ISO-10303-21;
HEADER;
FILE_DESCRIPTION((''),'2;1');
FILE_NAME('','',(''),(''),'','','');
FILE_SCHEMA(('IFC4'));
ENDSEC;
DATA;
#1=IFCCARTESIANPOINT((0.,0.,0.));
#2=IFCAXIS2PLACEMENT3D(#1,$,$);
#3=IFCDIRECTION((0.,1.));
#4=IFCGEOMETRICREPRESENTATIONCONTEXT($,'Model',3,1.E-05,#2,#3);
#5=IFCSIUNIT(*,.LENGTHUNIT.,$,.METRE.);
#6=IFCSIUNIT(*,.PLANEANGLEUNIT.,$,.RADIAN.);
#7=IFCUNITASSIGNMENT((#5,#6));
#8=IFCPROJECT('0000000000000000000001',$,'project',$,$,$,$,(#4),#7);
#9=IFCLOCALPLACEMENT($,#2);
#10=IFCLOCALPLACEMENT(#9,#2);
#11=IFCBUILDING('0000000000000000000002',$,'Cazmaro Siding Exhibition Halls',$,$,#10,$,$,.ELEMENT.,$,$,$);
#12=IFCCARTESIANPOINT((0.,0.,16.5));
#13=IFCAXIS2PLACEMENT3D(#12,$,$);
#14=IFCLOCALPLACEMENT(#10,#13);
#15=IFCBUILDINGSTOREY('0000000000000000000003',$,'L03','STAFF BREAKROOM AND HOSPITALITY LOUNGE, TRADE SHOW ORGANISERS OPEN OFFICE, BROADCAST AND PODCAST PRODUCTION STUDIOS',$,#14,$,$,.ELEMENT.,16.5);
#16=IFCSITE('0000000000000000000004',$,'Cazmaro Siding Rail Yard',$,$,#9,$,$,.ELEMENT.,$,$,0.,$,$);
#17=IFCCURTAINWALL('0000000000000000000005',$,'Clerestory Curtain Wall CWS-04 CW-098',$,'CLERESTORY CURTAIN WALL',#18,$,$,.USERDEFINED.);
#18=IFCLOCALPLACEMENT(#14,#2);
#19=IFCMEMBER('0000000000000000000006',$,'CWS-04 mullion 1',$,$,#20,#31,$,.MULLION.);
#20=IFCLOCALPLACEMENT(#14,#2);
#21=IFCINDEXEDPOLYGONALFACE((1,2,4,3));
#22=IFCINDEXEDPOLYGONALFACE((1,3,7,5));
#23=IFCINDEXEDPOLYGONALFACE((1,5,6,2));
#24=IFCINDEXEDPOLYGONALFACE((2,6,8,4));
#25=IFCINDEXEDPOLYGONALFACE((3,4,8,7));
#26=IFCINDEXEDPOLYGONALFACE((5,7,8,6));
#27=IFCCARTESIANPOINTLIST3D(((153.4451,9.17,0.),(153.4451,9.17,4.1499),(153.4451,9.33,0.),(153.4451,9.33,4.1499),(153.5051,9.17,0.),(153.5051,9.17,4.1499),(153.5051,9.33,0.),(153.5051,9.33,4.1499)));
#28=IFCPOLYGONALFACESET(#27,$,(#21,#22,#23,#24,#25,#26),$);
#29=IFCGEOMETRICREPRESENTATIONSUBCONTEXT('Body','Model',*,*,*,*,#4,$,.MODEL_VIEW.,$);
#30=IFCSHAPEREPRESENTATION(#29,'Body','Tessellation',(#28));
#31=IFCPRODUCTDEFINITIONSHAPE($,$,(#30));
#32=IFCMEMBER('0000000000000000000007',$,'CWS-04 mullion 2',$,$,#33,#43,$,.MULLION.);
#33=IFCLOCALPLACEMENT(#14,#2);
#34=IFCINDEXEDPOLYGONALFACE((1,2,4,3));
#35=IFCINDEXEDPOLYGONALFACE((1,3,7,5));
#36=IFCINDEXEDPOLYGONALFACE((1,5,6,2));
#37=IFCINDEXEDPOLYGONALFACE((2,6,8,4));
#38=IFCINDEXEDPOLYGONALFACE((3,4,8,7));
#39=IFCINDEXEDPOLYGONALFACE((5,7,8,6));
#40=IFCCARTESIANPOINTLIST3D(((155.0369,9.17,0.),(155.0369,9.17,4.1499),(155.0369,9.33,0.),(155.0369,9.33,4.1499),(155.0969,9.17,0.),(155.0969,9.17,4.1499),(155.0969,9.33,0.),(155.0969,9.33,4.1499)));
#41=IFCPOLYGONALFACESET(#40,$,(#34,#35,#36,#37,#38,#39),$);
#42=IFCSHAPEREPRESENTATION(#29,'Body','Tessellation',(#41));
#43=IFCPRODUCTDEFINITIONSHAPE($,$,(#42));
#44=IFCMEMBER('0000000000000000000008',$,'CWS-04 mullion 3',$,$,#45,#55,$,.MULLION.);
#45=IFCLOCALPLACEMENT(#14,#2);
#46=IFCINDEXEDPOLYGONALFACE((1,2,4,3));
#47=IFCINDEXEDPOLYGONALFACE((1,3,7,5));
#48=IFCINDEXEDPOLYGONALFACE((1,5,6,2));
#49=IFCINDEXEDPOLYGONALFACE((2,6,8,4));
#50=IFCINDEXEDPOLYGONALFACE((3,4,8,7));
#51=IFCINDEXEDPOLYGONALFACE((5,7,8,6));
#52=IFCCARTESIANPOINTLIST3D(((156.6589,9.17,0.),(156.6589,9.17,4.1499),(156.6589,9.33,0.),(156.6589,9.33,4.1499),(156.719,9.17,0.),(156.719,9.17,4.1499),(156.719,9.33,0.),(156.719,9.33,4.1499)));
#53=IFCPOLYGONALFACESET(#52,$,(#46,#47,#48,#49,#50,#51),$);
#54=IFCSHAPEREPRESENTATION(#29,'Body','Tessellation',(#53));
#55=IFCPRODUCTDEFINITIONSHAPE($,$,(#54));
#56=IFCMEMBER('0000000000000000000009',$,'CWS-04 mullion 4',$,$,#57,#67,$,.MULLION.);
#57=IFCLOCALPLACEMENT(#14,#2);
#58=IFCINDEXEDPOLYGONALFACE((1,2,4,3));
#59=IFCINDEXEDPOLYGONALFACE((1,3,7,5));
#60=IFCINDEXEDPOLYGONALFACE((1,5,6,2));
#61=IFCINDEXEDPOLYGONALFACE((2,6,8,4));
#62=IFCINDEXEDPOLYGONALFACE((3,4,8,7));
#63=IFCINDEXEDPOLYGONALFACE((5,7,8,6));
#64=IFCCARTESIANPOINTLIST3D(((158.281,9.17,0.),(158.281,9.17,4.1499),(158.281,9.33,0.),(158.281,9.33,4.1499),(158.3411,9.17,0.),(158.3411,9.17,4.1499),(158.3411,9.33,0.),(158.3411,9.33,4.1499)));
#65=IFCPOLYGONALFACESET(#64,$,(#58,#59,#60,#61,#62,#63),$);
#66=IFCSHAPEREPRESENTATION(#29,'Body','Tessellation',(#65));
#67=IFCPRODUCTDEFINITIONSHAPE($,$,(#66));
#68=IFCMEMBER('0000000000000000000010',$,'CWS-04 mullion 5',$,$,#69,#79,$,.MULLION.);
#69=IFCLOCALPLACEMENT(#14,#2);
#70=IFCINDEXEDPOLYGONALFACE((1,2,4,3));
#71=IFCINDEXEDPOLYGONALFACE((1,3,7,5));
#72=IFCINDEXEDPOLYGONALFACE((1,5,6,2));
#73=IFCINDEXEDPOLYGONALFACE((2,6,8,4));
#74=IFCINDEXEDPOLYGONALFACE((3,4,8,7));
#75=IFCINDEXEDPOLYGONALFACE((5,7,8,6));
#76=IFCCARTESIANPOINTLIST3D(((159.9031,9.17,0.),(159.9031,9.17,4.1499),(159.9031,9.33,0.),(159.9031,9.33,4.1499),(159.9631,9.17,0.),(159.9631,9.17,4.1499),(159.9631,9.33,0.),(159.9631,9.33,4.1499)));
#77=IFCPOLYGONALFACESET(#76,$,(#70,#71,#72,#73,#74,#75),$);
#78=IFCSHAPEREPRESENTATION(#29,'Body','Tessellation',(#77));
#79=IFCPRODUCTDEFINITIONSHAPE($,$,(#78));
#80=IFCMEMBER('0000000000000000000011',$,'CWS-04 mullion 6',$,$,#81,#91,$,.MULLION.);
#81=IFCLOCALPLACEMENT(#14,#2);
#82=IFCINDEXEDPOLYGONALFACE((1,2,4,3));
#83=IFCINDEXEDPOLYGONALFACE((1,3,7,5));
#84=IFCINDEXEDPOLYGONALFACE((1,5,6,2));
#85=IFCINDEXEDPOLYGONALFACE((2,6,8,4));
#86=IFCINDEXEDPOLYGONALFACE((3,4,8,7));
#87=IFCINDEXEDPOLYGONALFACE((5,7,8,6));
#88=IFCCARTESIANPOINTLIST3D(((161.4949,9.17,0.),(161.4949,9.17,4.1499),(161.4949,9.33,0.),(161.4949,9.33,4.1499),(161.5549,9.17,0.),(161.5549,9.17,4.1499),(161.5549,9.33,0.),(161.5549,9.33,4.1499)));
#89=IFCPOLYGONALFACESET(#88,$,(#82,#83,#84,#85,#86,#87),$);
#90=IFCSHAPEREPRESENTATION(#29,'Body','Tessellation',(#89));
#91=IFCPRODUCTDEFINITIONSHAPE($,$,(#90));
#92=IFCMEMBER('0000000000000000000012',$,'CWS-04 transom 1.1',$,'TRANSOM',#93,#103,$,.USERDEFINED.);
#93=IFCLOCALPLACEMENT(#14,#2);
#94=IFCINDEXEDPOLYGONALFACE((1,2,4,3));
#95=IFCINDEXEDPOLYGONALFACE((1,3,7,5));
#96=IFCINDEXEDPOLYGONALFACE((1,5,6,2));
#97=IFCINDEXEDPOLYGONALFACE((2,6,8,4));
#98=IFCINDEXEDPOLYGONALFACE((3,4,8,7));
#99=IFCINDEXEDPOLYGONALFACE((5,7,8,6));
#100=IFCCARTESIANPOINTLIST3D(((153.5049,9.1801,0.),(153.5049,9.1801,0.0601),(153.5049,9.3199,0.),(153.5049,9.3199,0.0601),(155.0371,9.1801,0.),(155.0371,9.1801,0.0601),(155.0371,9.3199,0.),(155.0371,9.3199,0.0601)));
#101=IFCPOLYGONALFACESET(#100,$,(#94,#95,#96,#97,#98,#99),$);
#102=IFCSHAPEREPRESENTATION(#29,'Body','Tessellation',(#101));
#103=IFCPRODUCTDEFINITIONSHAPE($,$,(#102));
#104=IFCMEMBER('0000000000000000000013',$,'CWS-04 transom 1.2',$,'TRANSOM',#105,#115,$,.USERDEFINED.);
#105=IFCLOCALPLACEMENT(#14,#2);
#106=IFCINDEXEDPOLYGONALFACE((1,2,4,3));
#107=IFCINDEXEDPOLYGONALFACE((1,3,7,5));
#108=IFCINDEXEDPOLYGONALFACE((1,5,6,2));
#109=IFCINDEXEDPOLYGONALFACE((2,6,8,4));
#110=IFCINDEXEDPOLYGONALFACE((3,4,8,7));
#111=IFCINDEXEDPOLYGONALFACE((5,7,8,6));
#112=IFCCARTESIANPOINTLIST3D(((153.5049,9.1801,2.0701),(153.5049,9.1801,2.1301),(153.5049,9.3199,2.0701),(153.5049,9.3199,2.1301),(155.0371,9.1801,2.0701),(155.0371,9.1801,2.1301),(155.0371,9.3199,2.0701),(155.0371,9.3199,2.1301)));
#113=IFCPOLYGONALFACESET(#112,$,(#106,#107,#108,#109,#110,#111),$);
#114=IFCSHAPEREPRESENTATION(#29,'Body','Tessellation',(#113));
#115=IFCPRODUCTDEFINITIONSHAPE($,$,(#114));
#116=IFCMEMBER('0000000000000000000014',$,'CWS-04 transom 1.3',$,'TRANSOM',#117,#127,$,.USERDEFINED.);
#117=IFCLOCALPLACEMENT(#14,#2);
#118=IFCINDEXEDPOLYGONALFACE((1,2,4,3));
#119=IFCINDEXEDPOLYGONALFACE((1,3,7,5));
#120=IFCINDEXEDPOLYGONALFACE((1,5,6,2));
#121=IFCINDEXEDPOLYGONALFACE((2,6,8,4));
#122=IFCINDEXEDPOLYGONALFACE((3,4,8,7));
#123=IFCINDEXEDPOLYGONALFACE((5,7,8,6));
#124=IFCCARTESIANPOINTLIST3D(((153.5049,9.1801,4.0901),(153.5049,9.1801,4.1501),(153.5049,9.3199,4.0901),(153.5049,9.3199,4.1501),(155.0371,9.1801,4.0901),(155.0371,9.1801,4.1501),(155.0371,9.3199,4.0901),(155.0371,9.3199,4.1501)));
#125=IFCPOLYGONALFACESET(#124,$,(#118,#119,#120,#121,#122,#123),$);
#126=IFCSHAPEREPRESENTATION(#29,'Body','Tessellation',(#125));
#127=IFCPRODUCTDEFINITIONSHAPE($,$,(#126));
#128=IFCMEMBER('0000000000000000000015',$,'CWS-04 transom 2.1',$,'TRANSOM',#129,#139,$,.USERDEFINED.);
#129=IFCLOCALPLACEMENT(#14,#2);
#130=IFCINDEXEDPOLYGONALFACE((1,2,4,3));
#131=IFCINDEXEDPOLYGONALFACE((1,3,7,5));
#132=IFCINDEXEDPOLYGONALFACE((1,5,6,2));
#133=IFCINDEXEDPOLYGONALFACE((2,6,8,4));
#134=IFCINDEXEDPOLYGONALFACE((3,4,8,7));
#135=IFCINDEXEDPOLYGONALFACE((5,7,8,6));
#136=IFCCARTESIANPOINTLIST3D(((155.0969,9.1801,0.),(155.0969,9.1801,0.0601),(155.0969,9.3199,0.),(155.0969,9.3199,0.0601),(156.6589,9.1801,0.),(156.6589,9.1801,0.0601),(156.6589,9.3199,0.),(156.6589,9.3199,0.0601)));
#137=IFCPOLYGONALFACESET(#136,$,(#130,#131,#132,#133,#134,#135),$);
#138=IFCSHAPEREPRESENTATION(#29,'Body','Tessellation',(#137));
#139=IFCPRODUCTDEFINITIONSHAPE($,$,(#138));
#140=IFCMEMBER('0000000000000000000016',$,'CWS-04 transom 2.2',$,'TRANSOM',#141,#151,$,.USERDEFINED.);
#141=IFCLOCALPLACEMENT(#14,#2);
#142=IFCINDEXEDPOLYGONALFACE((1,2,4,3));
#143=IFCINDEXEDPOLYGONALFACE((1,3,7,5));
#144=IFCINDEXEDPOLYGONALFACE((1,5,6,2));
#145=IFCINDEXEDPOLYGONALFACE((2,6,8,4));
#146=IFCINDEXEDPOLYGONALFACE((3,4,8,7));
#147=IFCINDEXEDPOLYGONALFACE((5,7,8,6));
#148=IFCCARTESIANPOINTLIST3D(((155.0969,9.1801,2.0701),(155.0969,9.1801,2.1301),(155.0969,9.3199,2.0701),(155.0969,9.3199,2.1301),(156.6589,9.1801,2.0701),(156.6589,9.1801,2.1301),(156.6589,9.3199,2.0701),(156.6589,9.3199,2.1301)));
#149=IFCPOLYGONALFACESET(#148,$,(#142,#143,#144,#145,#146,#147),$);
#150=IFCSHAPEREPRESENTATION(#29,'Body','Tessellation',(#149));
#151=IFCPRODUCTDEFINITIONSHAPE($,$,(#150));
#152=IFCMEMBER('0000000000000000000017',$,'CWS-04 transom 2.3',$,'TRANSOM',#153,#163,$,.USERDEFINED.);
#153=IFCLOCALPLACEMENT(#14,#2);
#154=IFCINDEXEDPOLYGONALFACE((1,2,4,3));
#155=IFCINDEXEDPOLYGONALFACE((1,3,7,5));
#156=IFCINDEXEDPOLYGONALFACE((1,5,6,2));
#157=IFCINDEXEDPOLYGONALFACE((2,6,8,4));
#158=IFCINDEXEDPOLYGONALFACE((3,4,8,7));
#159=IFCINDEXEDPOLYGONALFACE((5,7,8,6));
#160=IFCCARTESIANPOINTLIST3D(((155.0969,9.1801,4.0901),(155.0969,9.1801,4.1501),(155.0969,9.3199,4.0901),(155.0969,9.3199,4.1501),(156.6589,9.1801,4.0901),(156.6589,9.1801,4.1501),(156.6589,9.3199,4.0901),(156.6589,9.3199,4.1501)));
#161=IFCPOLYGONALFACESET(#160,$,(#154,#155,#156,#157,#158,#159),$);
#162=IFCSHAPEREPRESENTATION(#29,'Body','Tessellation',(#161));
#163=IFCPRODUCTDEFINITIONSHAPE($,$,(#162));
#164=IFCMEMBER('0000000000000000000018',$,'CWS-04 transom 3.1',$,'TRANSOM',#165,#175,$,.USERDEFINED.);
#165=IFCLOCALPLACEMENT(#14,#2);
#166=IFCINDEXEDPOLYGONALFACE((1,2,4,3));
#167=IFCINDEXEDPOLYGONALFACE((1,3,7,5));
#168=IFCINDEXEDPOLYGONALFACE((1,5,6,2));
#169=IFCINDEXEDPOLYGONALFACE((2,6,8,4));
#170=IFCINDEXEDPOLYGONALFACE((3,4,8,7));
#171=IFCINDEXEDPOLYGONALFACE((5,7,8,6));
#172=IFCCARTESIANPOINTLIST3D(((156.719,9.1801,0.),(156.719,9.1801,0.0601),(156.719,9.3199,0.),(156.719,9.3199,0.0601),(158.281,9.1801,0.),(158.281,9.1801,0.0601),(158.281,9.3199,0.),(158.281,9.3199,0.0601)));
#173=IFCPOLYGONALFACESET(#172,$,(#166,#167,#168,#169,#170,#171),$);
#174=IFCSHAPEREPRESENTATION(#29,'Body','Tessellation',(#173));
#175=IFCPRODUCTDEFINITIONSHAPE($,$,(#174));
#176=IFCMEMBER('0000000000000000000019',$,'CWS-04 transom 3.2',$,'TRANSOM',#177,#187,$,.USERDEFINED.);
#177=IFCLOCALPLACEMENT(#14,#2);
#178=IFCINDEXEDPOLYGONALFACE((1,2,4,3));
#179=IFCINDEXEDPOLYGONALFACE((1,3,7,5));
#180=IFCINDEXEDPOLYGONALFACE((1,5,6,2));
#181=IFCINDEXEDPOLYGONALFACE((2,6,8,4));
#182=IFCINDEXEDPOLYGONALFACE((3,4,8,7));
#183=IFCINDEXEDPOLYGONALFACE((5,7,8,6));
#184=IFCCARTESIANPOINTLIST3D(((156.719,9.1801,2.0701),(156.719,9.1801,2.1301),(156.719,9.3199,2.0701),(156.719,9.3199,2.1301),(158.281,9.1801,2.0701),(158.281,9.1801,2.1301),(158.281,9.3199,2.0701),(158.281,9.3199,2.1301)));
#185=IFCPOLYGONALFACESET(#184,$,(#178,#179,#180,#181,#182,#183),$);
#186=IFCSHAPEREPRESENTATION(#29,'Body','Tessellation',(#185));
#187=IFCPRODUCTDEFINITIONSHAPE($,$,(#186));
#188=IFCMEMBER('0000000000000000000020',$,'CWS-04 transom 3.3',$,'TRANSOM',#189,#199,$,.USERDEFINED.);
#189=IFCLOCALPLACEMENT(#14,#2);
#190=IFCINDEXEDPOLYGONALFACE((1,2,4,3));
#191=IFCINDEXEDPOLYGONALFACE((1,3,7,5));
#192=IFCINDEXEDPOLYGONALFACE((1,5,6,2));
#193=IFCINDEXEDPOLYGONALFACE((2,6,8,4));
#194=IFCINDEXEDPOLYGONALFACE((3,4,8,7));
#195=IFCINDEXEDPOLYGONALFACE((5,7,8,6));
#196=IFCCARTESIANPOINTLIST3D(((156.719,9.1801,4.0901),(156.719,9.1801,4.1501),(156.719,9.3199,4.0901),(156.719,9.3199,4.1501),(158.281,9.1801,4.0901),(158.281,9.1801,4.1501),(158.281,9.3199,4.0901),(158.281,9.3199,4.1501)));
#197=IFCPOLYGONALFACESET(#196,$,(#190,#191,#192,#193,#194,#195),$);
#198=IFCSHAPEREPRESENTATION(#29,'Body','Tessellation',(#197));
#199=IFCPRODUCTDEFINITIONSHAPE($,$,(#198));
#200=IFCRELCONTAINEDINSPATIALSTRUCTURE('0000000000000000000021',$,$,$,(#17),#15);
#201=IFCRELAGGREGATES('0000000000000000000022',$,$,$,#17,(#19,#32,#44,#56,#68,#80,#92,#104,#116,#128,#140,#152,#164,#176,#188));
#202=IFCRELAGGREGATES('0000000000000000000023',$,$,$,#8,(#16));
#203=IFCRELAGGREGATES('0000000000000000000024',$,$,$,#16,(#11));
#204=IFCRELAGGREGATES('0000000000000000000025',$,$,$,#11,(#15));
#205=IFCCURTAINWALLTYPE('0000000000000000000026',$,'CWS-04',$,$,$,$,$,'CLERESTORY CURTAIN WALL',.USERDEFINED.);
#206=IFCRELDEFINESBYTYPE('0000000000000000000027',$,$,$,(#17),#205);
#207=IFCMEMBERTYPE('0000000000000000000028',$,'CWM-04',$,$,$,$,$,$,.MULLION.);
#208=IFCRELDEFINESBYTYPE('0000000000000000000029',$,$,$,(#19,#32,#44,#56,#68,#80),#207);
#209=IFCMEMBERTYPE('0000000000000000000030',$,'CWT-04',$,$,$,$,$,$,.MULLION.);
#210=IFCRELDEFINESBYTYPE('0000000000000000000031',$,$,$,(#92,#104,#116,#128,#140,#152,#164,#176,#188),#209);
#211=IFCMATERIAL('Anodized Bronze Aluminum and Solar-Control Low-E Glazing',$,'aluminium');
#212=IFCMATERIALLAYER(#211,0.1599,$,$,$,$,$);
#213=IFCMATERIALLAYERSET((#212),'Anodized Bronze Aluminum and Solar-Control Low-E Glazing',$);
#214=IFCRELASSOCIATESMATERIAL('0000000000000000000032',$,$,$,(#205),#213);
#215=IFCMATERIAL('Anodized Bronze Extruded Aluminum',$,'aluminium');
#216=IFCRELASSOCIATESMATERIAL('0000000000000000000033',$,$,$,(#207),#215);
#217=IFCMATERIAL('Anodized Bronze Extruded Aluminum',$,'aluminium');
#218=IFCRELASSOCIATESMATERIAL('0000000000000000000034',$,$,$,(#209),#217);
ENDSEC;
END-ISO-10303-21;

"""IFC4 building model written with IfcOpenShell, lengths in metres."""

from ifc_helpers import new_model, si_unit, direction, frame, origin, origin_2d, place, context, subcontext, project, spatial, rectangle, extrude, material, layer, layer_set, material_profile, profile_set, type_object, element, aggregate, save


model = new_model("IFC4")

# Units and contexts
model_context = context("Model", 3, precision=1e-05, world=origin(), true_north=direction((0.0, 1.0)))
body_context = subcontext(model_context, "Body", "Model", "MODEL_VIEW")
ifc_project = project(units=[si_unit("LENGTHUNIT", "METRE"), si_unit("PLANEANGLEUNIT", "RADIAN")], contexts=[model_context])

# Site, building, storey
site_placement = place(None, origin())
site = spatial("IfcSite", under=ifc_project, at=site_placement, Name="Cazmaro Siding Rail Yard", CompositionType="ELEMENT", RefElevation=0.0)
building_placement = place(site_placement, origin())
building = spatial("IfcBuilding", under=site, at=building_placement, Name="Cazmaro Siding Exhibition Halls", CompositionType="ELEMENT")
storey_placement = place(building_placement, frame((0.0, 0.0, 16.5)))
storey = spatial("IfcBuildingStorey", under=building, at=storey_placement, Name="L03", Description="STAFF BREAKROOM AND HOSPITALITY LOUNGE, TRADE SHOW ORGANISERS OPEN OFFICE, BROADCAST AND PODCAST PRODUCTION STUDIOS", CompositionType="ELEMENT", Elevation=16.5)

# Curtain wall, members
ifc_material_1 = material(Name="Anodized Bronze Aluminum and Solar-Control Low-E Glazing", Category="aluminium")
ifc_layer_1 = layer(ifc_material_1, 0.1599)
ifc_layer_set_1 = layer_set([ifc_layer_1], Name="Anodized Bronze Aluminum and Solar-Control Low-E Glazing")
curtain_wall_type = type_object("IfcCurtainWallType", Name="CWS-04", ElementType="CLERESTORY CURTAIN WALL", PredefinedType="USERDEFINED", material=ifc_layer_set_1)
curtain_wall_placement = place(storey_placement, origin())
curtain_wall = element("IfcCurtainWall", 1, at=curtain_wall_placement, inside=storey, type_object=curtain_wall_type, Name="Clerestory Curtain Wall CWS-04 CW-098", ObjectType="CLERESTORY CURTAIN WALL", PredefinedType="USERDEFINED")
ifc_material_2 = material(Name="Anodized Bronze Extruded Aluminum", Category="aluminium")
ifc_material_profile_1 = material_profile(ifc_material_2, rectangle(XDim=0.1599, YDim=0.0601, at=origin_2d()), Name="CWM-04")
ifc_profile_set_1 = profile_set([ifc_material_profile_1], Name="Anodized Bronze Extruded Aluminum")
member_type_1 = type_object("IfcMemberType", Name="CWM-04", PredefinedType="MULLION", material=ifc_profile_set_1)
member_1_placement = place(storey_placement, frame((153.4751, 9.25, 0.0), z_axis=(0.0, 0.0, 1.0), x_axis=(0.0, 1.0, 0.0)))
member_1 = element("IfcMember", 2, at=member_1_placement, type_object=member_type_1, Name="CWS-04 mullion 1", PredefinedType="MULLION", context=body_context, shape_type="SweptSolid", body=[
    extrude(rectangle(XDim=0.1599, YDim=0.0601, at=origin_2d()), origin(), (0.0, 0.0, 1.0), 4.1499),
])
member_2_placement = place(storey_placement, frame((155.0669, 9.25, 0.0), z_axis=(0.0, 0.0, 1.0), x_axis=(0.0, 1.0, 0.0)))
member_2 = element("IfcMember", 3, at=member_2_placement, type_object=member_type_1, Name="CWS-04 mullion 2", PredefinedType="MULLION", context=body_context, shape_type="SweptSolid", body=[
    extrude(rectangle(XDim=0.1599, YDim=0.0601, at=origin_2d()), origin(), (0.0, 0.0, 1.0), 4.1499),
])
member_3_placement = place(storey_placement, frame((156.689, 9.25, 0.0), z_axis=(0.0, 0.0, 1.0), x_axis=(0.0, 1.0, 0.0)))
member_3 = element("IfcMember", 4, at=member_3_placement, type_object=member_type_1, Name="CWS-04 mullion 3", PredefinedType="MULLION", context=body_context, shape_type="SweptSolid", body=[
    extrude(rectangle(XDim=0.1599, YDim=0.0601, at=origin_2d()), origin(), (0.0, 0.0, 1.0), 4.1499),
])
member_4_placement = place(storey_placement, frame((158.311, 9.25, 0.0), z_axis=(0.0, 0.0, 1.0), x_axis=(0.0, 1.0, 0.0)))
member_4 = element("IfcMember", 5, at=member_4_placement, type_object=member_type_1, Name="CWS-04 mullion 4", PredefinedType="MULLION", context=body_context, shape_type="SweptSolid", body=[
    extrude(rectangle(XDim=0.1599, YDim=0.0601, at=origin_2d()), origin(), (0.0, 0.0, 1.0), 4.1499),
])
member_5_placement = place(storey_placement, frame((159.9331, 9.25, 0.0), z_axis=(0.0, 0.0, 1.0), x_axis=(0.0, 1.0, 0.0)))
member_5 = element("IfcMember", 6, at=member_5_placement, type_object=member_type_1, Name="CWS-04 mullion 5", PredefinedType="MULLION", context=body_context, shape_type="SweptSolid", body=[
    extrude(rectangle(XDim=0.1599, YDim=0.0601, at=origin_2d()), origin(), (0.0, 0.0, 1.0), 4.1499),
])
member_6_placement = place(storey_placement, frame((161.5249, 9.25, 0.0), z_axis=(0.0, 0.0, 1.0), x_axis=(0.0, 1.0, 0.0)))
member_6 = element("IfcMember", 7, at=member_6_placement, type_object=member_type_1, Name="CWS-04 mullion 6", PredefinedType="MULLION", context=body_context, shape_type="SweptSolid", body=[
    extrude(rectangle(XDim=0.1599, YDim=0.0601, at=origin_2d()), origin(), (0.0, 0.0, 1.0), 4.1499),
])
ifc_material_3 = material(Name="Anodized Bronze Extruded Aluminum", Category="aluminium")
ifc_material_profile_2 = material_profile(ifc_material_3, rectangle(XDim=0.1399, YDim=0.0601, at=origin_2d()), Name="CWT-04")
ifc_profile_set_2 = profile_set([ifc_material_profile_2], Name="Anodized Bronze Extruded Aluminum")
member_type_2 = type_object("IfcMemberType", Name="CWT-04", PredefinedType="MULLION", material=ifc_profile_set_2)
member_7_placement = place(storey_placement, frame((153.5049, 9.25, 0.03), z_axis=(1.0, 0.0, 0.0), x_axis=(0.0, 1.0, 0.0)))
member_7 = element("IfcMember", 8, at=member_7_placement, type_object=member_type_2, Name="CWS-04 transom 1.1", ObjectType="TRANSOM", PredefinedType="USERDEFINED", context=body_context, shape_type="SweptSolid", body=[
    extrude(rectangle(XDim=0.1399, YDim=0.0601, at=origin_2d()), origin(), (0.0, 0.0, 1.0), 1.5322),
])
member_8_placement = place(storey_placement, frame((153.5049, 9.25, 2.1001), z_axis=(1.0, 0.0, 0.0), x_axis=(0.0, 1.0, 0.0)))
member_8 = element("IfcMember", 9, at=member_8_placement, type_object=member_type_2, Name="CWS-04 transom 1.2", ObjectType="TRANSOM", PredefinedType="USERDEFINED", context=body_context, shape_type="SweptSolid", body=[
    extrude(rectangle(XDim=0.1399, YDim=0.0601, at=origin_2d()), origin(), (0.0, 0.0, 1.0), 1.5322),
])
member_9_placement = place(storey_placement, frame((153.5049, 9.25, 4.1201), z_axis=(1.0, 0.0, 0.0), x_axis=(0.0, 1.0, 0.0)))
member_9 = element("IfcMember", 10, at=member_9_placement, type_object=member_type_2, Name="CWS-04 transom 1.3", ObjectType="TRANSOM", PredefinedType="USERDEFINED", context=body_context, shape_type="SweptSolid", body=[
    extrude(rectangle(XDim=0.1399, YDim=0.0601, at=origin_2d()), origin(), (0.0, 0.0, 1.0), 1.5322),
])
member_10_placement = place(storey_placement, frame((155.0969, 9.25, 0.03), z_axis=(1.0, 0.0, 0.0), x_axis=(0.0, 1.0, 0.0)))
member_10 = element("IfcMember", 11, at=member_10_placement, type_object=member_type_2, Name="CWS-04 transom 2.1", ObjectType="TRANSOM", PredefinedType="USERDEFINED", context=body_context, shape_type="SweptSolid", body=[
    extrude(rectangle(XDim=0.1399, YDim=0.0601, at=origin_2d()), origin(), (0.0, 0.0, 1.0), 1.562),
])
member_11_placement = place(storey_placement, frame((155.0969, 9.25, 2.1001), z_axis=(1.0, 0.0, 0.0), x_axis=(0.0, 1.0, 0.0)))
member_11 = element("IfcMember", 12, at=member_11_placement, type_object=member_type_2, Name="CWS-04 transom 2.2", ObjectType="TRANSOM", PredefinedType="USERDEFINED", context=body_context, shape_type="SweptSolid", body=[
    extrude(rectangle(XDim=0.1399, YDim=0.0601, at=origin_2d()), origin(), (0.0, 0.0, 1.0), 1.562),
])
member_12_placement = place(storey_placement, frame((155.0969, 9.25, 4.1201), z_axis=(1.0, 0.0, 0.0), x_axis=(0.0, 1.0, 0.0)))
member_12 = element("IfcMember", 13, at=member_12_placement, type_object=member_type_2, Name="CWS-04 transom 2.3", ObjectType="TRANSOM", PredefinedType="USERDEFINED", context=body_context, shape_type="SweptSolid", body=[
    extrude(rectangle(XDim=0.1399, YDim=0.0601, at=origin_2d()), origin(), (0.0, 0.0, 1.0), 1.562),
])
member_13_placement = place(storey_placement, frame((156.719, 9.25, 0.03), z_axis=(1.0, 0.0, 0.0), x_axis=(0.0, 1.0, 0.0)))
member_13 = element("IfcMember", 14, at=member_13_placement, type_object=member_type_2, Name="CWS-04 transom 3.1", ObjectType="TRANSOM", PredefinedType="USERDEFINED", context=body_context, shape_type="SweptSolid", body=[
    extrude(rectangle(XDim=0.1399, YDim=0.0601, at=origin_2d()), origin(), (0.0, 0.0, 1.0), 1.562),
])
member_14_placement = place(storey_placement, frame((156.719, 9.25, 2.1001), z_axis=(1.0, 0.0, 0.0), x_axis=(0.0, 1.0, 0.0)))
member_14 = element("IfcMember", 15, at=member_14_placement, type_object=member_type_2, Name="CWS-04 transom 3.2", ObjectType="TRANSOM", PredefinedType="USERDEFINED", context=body_context, shape_type="SweptSolid", body=[
    extrude(rectangle(XDim=0.1399, YDim=0.0601, at=origin_2d()), origin(), (0.0, 0.0, 1.0), 1.562),
])
member_15_placement = place(storey_placement, frame((156.719, 9.25, 4.1201), z_axis=(1.0, 0.0, 0.0), x_axis=(0.0, 1.0, 0.0)))
member_15 = element("IfcMember", 16, at=member_15_placement, type_object=member_type_2, Name="CWS-04 transom 3.3", ObjectType="TRANSOM", PredefinedType="USERDEFINED", context=body_context, shape_type="SweptSolid", body=[
    extrude(rectangle(XDim=0.1399, YDim=0.0601, at=origin_2d()), origin(), (0.0, 0.0, 1.0), 1.562),
])

aggregate(curtain_wall, [member_1, member_2, member_3, member_4, member_5, member_6, member_7, member_8, member_9, member_10, member_11, member_12, member_13, member_14, member_15])

save(model, "model.ifc")
